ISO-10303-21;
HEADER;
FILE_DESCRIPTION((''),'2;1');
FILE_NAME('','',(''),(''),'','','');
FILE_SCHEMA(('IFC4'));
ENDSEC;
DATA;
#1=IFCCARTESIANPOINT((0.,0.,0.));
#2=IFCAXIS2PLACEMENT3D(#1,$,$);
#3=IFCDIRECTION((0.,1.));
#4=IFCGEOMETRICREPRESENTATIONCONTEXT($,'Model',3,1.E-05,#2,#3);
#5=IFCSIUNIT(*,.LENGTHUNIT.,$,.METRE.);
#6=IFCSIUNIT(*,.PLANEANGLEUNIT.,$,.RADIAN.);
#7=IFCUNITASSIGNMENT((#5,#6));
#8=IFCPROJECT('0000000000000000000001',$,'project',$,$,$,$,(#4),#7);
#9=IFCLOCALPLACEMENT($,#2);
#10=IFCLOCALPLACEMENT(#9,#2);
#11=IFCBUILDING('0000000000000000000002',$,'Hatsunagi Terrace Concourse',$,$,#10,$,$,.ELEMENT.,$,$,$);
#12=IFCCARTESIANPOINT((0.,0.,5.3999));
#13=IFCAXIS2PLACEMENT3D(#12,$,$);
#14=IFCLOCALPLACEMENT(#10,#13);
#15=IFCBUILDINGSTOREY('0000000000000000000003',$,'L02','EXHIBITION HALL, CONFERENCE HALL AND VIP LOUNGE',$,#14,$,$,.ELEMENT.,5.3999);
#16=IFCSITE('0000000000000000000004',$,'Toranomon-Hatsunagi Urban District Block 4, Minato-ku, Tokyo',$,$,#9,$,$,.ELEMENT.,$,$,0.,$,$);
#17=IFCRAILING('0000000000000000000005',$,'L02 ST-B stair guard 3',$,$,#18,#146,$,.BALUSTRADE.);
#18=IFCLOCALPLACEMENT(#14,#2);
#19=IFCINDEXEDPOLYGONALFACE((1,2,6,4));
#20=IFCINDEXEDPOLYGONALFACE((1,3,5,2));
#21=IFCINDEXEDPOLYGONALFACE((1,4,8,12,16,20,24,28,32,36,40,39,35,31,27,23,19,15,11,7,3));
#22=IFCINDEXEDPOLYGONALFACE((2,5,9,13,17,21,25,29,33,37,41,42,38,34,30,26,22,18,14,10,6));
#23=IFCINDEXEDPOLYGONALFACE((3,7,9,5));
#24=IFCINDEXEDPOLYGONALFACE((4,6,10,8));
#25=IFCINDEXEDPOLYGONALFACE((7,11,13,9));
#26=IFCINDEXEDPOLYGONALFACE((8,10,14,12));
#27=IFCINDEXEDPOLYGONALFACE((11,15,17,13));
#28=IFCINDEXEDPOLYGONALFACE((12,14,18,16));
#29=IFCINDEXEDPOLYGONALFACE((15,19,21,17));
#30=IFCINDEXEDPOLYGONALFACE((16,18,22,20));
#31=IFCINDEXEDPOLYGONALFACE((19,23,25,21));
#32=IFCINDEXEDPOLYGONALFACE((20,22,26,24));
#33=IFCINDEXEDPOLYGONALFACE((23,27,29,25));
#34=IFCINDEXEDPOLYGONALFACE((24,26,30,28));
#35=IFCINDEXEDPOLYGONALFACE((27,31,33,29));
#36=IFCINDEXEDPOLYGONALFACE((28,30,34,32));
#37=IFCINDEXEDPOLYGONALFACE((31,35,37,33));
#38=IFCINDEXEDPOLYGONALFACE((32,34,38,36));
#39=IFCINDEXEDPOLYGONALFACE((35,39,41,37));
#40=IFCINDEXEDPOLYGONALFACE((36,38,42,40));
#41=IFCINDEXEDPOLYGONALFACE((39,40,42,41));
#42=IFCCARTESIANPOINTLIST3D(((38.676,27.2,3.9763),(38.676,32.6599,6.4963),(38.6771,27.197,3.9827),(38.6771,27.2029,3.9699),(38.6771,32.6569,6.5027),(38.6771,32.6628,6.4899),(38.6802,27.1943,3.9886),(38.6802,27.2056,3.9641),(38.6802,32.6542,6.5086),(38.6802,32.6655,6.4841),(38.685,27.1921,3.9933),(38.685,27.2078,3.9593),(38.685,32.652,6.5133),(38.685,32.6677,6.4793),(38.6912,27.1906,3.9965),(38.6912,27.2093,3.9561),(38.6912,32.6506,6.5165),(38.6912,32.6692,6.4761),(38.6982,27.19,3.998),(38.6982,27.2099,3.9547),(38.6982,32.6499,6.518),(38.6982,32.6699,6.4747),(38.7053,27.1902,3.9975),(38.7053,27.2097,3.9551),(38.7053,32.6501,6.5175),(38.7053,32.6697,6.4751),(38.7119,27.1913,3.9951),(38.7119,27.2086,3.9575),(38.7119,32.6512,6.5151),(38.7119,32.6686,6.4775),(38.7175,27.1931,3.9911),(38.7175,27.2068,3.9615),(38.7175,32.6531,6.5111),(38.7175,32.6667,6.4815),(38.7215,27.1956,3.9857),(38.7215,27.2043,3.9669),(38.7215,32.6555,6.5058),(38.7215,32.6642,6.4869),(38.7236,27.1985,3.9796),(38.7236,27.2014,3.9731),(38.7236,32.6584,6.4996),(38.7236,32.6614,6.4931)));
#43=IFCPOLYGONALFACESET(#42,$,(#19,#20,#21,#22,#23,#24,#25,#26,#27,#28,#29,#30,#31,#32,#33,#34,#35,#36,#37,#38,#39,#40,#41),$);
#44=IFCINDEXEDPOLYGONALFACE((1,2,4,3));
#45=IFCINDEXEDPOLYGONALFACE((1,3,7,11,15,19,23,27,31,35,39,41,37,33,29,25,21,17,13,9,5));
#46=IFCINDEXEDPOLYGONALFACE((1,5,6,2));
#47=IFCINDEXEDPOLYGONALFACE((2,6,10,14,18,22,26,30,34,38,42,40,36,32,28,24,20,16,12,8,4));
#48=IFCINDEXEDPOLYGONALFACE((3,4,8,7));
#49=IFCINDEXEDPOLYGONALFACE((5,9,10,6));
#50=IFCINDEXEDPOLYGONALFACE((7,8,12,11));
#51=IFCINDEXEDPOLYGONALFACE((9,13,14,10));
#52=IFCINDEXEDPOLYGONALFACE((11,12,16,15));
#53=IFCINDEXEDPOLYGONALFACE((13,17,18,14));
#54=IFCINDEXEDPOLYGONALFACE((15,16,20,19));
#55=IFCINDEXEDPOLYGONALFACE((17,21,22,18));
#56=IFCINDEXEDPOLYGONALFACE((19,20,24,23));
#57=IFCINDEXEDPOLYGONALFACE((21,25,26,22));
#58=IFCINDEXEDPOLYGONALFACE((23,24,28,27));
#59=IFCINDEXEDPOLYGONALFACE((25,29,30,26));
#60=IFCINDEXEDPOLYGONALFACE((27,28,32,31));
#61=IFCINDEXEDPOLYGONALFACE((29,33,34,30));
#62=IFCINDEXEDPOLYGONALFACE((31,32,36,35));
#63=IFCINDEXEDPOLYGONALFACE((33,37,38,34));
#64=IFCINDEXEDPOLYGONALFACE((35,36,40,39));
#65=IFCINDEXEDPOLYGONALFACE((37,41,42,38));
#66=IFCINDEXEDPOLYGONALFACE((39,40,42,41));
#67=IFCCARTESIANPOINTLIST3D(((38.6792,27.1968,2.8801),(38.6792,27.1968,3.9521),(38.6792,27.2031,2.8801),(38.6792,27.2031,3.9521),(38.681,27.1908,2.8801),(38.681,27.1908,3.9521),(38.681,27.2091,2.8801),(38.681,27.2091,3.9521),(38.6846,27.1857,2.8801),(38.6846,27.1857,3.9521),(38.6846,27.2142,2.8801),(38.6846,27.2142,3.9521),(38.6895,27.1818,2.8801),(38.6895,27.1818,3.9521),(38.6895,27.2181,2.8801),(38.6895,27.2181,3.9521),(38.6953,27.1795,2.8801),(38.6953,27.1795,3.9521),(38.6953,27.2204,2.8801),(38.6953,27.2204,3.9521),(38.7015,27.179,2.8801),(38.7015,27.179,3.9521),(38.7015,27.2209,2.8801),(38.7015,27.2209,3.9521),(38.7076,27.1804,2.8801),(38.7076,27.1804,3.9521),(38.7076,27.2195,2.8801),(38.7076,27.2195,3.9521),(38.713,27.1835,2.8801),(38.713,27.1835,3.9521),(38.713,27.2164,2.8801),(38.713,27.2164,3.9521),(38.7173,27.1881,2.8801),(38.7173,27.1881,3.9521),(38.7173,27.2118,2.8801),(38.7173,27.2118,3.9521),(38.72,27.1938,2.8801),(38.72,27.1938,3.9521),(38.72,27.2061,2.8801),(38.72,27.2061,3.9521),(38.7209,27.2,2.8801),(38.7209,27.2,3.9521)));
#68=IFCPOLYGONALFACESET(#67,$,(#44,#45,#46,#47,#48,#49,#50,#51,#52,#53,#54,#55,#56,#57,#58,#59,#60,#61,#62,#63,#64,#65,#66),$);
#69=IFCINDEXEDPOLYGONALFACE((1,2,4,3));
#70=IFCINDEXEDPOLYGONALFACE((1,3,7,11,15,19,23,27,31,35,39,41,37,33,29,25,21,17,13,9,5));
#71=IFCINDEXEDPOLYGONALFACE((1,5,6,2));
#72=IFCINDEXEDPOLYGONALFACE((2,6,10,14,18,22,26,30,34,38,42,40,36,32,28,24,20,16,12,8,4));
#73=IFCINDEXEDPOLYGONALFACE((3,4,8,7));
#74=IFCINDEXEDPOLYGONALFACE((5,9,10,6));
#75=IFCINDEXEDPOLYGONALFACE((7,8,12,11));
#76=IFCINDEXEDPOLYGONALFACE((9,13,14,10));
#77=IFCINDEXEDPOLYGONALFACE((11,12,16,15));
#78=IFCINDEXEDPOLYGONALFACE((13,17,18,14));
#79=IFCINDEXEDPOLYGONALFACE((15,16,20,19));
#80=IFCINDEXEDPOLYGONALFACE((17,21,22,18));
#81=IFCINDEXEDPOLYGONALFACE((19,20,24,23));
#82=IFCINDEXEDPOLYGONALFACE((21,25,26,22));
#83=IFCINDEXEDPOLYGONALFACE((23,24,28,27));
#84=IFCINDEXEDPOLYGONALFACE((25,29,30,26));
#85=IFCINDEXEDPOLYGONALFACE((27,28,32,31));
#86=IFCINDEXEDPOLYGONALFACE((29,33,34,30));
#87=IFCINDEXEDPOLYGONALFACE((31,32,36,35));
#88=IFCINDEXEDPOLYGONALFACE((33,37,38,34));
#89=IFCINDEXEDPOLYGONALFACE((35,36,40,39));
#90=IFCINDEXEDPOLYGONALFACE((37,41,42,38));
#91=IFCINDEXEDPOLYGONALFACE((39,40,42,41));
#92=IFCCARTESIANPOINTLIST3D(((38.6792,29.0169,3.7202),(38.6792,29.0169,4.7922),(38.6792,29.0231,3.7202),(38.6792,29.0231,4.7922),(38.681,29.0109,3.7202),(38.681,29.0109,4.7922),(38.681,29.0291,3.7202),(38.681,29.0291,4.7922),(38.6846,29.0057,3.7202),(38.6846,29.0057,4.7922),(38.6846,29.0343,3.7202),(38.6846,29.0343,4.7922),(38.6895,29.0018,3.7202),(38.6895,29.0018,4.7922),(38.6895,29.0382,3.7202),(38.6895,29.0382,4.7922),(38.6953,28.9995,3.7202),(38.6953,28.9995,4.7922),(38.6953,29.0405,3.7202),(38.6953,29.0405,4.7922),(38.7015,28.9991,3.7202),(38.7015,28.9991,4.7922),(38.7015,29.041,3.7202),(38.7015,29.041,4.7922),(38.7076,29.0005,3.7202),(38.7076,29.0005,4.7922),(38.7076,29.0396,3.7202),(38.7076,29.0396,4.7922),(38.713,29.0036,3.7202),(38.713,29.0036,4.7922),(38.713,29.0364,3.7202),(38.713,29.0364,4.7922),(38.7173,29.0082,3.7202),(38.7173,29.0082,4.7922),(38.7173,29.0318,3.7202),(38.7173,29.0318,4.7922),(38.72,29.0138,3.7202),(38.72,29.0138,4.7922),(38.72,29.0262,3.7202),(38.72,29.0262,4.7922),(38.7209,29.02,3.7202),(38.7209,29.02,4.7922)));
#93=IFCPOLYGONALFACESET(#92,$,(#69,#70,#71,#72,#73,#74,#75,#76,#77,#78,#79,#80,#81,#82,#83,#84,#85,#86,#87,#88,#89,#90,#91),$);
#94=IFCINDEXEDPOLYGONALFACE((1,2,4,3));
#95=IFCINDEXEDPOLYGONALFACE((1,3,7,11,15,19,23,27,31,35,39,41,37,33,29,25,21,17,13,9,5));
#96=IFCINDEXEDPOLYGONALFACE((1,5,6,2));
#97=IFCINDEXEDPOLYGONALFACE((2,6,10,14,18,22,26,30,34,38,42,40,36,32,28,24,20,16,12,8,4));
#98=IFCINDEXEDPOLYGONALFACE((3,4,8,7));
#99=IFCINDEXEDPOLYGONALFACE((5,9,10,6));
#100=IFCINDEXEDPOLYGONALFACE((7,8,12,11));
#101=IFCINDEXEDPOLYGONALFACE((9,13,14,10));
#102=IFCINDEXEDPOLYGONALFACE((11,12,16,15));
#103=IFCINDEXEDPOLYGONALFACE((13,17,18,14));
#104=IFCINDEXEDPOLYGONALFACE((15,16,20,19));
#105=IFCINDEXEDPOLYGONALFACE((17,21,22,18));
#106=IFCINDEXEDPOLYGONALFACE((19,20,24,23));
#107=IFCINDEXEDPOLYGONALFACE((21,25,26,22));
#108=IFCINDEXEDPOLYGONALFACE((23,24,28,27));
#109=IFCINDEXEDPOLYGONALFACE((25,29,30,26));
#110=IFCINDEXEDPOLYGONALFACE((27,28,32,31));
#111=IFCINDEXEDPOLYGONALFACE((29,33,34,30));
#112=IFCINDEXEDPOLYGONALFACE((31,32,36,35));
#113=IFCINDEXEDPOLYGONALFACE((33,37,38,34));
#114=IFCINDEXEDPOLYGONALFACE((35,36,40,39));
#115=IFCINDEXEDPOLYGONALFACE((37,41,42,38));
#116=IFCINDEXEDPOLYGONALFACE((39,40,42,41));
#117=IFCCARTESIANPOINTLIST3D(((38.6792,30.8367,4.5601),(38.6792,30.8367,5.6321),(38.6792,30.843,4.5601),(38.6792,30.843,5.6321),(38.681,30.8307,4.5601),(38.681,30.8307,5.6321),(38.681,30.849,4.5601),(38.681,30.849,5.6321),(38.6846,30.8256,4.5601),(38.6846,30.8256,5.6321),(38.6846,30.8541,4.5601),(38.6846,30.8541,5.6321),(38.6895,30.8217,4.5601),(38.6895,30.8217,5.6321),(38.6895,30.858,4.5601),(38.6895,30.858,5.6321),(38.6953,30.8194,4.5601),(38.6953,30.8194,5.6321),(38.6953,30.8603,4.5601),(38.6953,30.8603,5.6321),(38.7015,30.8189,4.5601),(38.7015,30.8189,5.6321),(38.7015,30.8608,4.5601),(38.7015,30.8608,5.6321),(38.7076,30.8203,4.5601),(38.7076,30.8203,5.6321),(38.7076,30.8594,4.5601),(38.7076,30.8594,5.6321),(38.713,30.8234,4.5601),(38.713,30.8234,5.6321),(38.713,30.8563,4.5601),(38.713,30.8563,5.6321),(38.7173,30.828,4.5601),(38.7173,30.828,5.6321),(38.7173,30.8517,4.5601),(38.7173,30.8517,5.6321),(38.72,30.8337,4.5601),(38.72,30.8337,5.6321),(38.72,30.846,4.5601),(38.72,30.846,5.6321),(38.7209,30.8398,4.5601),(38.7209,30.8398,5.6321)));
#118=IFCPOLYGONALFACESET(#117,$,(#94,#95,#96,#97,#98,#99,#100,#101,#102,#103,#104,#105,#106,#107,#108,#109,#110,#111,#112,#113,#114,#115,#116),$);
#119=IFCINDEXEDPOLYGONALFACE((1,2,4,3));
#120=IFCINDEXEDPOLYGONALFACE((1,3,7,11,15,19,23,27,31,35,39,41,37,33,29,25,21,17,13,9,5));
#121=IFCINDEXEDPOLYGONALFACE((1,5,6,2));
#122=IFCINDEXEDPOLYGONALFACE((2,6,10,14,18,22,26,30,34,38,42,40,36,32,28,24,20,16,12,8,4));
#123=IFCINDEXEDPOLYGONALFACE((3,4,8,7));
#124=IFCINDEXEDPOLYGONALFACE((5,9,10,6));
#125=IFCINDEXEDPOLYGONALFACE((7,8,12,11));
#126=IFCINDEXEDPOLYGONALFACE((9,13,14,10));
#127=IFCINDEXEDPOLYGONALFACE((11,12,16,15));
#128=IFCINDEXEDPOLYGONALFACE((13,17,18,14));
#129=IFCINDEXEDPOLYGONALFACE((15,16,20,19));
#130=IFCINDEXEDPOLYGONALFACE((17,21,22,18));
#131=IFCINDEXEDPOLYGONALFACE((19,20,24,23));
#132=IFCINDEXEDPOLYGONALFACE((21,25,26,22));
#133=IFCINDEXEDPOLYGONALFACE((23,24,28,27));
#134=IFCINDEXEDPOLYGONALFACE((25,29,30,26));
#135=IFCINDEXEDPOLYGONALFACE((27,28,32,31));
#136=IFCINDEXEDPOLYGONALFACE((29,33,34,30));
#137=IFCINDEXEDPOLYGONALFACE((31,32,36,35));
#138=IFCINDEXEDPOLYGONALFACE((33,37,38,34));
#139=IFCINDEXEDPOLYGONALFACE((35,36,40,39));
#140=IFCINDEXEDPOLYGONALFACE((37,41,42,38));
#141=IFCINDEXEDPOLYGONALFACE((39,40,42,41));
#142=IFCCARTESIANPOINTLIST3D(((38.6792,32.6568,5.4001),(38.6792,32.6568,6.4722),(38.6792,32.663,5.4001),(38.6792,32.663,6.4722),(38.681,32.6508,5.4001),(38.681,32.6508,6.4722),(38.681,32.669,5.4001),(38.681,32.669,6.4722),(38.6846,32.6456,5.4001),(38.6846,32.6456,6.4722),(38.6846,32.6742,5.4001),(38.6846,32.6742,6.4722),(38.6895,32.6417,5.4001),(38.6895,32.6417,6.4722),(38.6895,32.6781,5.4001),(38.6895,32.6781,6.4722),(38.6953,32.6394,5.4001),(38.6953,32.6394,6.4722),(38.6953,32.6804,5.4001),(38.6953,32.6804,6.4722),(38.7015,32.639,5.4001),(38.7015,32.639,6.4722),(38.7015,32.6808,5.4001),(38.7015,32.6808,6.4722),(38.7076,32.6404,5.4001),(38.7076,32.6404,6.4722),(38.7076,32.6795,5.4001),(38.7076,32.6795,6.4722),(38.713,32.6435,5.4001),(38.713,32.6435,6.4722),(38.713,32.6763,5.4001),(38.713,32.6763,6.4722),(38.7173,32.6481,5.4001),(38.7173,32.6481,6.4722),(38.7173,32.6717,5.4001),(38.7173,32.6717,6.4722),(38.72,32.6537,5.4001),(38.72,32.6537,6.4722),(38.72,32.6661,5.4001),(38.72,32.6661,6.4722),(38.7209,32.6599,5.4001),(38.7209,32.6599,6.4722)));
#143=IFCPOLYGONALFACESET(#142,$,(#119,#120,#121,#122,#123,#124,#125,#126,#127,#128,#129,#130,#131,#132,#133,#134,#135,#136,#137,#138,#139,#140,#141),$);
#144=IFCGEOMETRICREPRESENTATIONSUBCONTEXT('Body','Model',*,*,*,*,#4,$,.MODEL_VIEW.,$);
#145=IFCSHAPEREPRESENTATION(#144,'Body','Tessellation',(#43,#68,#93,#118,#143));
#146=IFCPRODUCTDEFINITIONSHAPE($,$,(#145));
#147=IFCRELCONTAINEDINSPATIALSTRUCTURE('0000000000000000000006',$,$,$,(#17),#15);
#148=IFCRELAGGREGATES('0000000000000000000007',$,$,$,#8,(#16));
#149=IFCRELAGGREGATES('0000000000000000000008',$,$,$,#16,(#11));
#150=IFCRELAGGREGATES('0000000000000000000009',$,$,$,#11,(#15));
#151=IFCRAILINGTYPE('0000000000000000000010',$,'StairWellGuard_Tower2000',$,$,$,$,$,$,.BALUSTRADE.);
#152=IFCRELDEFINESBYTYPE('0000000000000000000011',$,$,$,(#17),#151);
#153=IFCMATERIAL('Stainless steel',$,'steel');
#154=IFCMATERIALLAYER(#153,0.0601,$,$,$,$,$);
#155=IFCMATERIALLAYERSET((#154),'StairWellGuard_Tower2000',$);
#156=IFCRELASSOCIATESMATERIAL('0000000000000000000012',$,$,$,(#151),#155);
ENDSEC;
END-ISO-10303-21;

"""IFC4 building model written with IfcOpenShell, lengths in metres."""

from ifc_helpers import new_model, si_unit, direction, frame, origin, origin_2d, place, context, subcontext, project, spatial, circle, extrude, material, layer, layer_set, type_object, element, save


model = new_model("IFC4")

# Units and contexts
model_context = context("Model", 3, precision=1e-05, world=origin(), true_north=direction((0.0, 1.0)))
body_context = subcontext(model_context, "Body", "Model", "MODEL_VIEW")
ifc_project = project(units=[si_unit("LENGTHUNIT", "METRE"), si_unit("PLANEANGLEUNIT", "RADIAN")], contexts=[model_context])

# Site, building, storey
site_placement = place(None, origin())
site = spatial("IfcSite", under=ifc_project, at=site_placement, Name="Toranomon-Hatsunagi Urban District Block 4, Minato-ku, Tokyo", CompositionType="ELEMENT", RefElevation=0.0)
building_placement = place(site_placement, origin())
building = spatial("IfcBuilding", under=site, at=building_placement, Name="Hatsunagi Terrace Concourse", CompositionType="ELEMENT")
storey_placement = place(building_placement, frame((0.0, 0.0, 5.3999)))
storey = spatial("IfcBuildingStorey", under=building, at=storey_placement, Name="L02", Description="EXHIBITION HALL, CONFERENCE HALL AND VIP LOUNGE", CompositionType="ELEMENT", Elevation=5.3999)

# Railing
ifc_material_1 = material(Name="Stainless steel", Category="steel")
ifc_layer_1 = layer(ifc_material_1, 0.0601)
ifc_layer_set_1 = layer_set([ifc_layer_1], Name="StairWellGuard_Tower2000")
railing_type_1 = type_object("IfcRailingType", Name="StairWellGuard_Tower2000", PredefinedType="BALUSTRADE", material=ifc_layer_set_1)
railing_1_placement = place(storey_placement, frame((38.7, 27.2, 2.8801)))
element("IfcRailing", 1, at=railing_1_placement, inside=storey, type_object=railing_type_1, Name="L02 ST-B stair guard 3", PredefinedType="BALUSTRADE", context=body_context, shape_type="SweptSolid", body=[
    extrude(circle(Radius=0.0239, at=origin_2d()), frame((0.0, 0.0, 1.0962), z_axis=(0.0, 0.907957, 0.419063), x_axis=(-1.0, 0.0, 0.0)), (0.0, 0.0, 1.0), 6.0134),
    extrude(circle(Radius=0.021, at=origin_2d()), origin(), (0.0, 0.0, 1.0), 1.072),
    extrude(circle(Radius=0.021, at=origin_2d()), frame((0.0, 1.8201, 0.8401)), (0.0, 0.0, 1.0), 1.072),
    extrude(circle(Radius=0.021, at=origin_2d()), frame((0.0, 3.6399, 1.6799)), (0.0, 0.0, 1.0), 1.072),
    extrude(circle(Radius=0.021, at=origin_2d()), frame((0.0, 5.46, 2.52)), (0.0, 0.0, 1.0), 1.072),
])

save(model, "model.ifc")
